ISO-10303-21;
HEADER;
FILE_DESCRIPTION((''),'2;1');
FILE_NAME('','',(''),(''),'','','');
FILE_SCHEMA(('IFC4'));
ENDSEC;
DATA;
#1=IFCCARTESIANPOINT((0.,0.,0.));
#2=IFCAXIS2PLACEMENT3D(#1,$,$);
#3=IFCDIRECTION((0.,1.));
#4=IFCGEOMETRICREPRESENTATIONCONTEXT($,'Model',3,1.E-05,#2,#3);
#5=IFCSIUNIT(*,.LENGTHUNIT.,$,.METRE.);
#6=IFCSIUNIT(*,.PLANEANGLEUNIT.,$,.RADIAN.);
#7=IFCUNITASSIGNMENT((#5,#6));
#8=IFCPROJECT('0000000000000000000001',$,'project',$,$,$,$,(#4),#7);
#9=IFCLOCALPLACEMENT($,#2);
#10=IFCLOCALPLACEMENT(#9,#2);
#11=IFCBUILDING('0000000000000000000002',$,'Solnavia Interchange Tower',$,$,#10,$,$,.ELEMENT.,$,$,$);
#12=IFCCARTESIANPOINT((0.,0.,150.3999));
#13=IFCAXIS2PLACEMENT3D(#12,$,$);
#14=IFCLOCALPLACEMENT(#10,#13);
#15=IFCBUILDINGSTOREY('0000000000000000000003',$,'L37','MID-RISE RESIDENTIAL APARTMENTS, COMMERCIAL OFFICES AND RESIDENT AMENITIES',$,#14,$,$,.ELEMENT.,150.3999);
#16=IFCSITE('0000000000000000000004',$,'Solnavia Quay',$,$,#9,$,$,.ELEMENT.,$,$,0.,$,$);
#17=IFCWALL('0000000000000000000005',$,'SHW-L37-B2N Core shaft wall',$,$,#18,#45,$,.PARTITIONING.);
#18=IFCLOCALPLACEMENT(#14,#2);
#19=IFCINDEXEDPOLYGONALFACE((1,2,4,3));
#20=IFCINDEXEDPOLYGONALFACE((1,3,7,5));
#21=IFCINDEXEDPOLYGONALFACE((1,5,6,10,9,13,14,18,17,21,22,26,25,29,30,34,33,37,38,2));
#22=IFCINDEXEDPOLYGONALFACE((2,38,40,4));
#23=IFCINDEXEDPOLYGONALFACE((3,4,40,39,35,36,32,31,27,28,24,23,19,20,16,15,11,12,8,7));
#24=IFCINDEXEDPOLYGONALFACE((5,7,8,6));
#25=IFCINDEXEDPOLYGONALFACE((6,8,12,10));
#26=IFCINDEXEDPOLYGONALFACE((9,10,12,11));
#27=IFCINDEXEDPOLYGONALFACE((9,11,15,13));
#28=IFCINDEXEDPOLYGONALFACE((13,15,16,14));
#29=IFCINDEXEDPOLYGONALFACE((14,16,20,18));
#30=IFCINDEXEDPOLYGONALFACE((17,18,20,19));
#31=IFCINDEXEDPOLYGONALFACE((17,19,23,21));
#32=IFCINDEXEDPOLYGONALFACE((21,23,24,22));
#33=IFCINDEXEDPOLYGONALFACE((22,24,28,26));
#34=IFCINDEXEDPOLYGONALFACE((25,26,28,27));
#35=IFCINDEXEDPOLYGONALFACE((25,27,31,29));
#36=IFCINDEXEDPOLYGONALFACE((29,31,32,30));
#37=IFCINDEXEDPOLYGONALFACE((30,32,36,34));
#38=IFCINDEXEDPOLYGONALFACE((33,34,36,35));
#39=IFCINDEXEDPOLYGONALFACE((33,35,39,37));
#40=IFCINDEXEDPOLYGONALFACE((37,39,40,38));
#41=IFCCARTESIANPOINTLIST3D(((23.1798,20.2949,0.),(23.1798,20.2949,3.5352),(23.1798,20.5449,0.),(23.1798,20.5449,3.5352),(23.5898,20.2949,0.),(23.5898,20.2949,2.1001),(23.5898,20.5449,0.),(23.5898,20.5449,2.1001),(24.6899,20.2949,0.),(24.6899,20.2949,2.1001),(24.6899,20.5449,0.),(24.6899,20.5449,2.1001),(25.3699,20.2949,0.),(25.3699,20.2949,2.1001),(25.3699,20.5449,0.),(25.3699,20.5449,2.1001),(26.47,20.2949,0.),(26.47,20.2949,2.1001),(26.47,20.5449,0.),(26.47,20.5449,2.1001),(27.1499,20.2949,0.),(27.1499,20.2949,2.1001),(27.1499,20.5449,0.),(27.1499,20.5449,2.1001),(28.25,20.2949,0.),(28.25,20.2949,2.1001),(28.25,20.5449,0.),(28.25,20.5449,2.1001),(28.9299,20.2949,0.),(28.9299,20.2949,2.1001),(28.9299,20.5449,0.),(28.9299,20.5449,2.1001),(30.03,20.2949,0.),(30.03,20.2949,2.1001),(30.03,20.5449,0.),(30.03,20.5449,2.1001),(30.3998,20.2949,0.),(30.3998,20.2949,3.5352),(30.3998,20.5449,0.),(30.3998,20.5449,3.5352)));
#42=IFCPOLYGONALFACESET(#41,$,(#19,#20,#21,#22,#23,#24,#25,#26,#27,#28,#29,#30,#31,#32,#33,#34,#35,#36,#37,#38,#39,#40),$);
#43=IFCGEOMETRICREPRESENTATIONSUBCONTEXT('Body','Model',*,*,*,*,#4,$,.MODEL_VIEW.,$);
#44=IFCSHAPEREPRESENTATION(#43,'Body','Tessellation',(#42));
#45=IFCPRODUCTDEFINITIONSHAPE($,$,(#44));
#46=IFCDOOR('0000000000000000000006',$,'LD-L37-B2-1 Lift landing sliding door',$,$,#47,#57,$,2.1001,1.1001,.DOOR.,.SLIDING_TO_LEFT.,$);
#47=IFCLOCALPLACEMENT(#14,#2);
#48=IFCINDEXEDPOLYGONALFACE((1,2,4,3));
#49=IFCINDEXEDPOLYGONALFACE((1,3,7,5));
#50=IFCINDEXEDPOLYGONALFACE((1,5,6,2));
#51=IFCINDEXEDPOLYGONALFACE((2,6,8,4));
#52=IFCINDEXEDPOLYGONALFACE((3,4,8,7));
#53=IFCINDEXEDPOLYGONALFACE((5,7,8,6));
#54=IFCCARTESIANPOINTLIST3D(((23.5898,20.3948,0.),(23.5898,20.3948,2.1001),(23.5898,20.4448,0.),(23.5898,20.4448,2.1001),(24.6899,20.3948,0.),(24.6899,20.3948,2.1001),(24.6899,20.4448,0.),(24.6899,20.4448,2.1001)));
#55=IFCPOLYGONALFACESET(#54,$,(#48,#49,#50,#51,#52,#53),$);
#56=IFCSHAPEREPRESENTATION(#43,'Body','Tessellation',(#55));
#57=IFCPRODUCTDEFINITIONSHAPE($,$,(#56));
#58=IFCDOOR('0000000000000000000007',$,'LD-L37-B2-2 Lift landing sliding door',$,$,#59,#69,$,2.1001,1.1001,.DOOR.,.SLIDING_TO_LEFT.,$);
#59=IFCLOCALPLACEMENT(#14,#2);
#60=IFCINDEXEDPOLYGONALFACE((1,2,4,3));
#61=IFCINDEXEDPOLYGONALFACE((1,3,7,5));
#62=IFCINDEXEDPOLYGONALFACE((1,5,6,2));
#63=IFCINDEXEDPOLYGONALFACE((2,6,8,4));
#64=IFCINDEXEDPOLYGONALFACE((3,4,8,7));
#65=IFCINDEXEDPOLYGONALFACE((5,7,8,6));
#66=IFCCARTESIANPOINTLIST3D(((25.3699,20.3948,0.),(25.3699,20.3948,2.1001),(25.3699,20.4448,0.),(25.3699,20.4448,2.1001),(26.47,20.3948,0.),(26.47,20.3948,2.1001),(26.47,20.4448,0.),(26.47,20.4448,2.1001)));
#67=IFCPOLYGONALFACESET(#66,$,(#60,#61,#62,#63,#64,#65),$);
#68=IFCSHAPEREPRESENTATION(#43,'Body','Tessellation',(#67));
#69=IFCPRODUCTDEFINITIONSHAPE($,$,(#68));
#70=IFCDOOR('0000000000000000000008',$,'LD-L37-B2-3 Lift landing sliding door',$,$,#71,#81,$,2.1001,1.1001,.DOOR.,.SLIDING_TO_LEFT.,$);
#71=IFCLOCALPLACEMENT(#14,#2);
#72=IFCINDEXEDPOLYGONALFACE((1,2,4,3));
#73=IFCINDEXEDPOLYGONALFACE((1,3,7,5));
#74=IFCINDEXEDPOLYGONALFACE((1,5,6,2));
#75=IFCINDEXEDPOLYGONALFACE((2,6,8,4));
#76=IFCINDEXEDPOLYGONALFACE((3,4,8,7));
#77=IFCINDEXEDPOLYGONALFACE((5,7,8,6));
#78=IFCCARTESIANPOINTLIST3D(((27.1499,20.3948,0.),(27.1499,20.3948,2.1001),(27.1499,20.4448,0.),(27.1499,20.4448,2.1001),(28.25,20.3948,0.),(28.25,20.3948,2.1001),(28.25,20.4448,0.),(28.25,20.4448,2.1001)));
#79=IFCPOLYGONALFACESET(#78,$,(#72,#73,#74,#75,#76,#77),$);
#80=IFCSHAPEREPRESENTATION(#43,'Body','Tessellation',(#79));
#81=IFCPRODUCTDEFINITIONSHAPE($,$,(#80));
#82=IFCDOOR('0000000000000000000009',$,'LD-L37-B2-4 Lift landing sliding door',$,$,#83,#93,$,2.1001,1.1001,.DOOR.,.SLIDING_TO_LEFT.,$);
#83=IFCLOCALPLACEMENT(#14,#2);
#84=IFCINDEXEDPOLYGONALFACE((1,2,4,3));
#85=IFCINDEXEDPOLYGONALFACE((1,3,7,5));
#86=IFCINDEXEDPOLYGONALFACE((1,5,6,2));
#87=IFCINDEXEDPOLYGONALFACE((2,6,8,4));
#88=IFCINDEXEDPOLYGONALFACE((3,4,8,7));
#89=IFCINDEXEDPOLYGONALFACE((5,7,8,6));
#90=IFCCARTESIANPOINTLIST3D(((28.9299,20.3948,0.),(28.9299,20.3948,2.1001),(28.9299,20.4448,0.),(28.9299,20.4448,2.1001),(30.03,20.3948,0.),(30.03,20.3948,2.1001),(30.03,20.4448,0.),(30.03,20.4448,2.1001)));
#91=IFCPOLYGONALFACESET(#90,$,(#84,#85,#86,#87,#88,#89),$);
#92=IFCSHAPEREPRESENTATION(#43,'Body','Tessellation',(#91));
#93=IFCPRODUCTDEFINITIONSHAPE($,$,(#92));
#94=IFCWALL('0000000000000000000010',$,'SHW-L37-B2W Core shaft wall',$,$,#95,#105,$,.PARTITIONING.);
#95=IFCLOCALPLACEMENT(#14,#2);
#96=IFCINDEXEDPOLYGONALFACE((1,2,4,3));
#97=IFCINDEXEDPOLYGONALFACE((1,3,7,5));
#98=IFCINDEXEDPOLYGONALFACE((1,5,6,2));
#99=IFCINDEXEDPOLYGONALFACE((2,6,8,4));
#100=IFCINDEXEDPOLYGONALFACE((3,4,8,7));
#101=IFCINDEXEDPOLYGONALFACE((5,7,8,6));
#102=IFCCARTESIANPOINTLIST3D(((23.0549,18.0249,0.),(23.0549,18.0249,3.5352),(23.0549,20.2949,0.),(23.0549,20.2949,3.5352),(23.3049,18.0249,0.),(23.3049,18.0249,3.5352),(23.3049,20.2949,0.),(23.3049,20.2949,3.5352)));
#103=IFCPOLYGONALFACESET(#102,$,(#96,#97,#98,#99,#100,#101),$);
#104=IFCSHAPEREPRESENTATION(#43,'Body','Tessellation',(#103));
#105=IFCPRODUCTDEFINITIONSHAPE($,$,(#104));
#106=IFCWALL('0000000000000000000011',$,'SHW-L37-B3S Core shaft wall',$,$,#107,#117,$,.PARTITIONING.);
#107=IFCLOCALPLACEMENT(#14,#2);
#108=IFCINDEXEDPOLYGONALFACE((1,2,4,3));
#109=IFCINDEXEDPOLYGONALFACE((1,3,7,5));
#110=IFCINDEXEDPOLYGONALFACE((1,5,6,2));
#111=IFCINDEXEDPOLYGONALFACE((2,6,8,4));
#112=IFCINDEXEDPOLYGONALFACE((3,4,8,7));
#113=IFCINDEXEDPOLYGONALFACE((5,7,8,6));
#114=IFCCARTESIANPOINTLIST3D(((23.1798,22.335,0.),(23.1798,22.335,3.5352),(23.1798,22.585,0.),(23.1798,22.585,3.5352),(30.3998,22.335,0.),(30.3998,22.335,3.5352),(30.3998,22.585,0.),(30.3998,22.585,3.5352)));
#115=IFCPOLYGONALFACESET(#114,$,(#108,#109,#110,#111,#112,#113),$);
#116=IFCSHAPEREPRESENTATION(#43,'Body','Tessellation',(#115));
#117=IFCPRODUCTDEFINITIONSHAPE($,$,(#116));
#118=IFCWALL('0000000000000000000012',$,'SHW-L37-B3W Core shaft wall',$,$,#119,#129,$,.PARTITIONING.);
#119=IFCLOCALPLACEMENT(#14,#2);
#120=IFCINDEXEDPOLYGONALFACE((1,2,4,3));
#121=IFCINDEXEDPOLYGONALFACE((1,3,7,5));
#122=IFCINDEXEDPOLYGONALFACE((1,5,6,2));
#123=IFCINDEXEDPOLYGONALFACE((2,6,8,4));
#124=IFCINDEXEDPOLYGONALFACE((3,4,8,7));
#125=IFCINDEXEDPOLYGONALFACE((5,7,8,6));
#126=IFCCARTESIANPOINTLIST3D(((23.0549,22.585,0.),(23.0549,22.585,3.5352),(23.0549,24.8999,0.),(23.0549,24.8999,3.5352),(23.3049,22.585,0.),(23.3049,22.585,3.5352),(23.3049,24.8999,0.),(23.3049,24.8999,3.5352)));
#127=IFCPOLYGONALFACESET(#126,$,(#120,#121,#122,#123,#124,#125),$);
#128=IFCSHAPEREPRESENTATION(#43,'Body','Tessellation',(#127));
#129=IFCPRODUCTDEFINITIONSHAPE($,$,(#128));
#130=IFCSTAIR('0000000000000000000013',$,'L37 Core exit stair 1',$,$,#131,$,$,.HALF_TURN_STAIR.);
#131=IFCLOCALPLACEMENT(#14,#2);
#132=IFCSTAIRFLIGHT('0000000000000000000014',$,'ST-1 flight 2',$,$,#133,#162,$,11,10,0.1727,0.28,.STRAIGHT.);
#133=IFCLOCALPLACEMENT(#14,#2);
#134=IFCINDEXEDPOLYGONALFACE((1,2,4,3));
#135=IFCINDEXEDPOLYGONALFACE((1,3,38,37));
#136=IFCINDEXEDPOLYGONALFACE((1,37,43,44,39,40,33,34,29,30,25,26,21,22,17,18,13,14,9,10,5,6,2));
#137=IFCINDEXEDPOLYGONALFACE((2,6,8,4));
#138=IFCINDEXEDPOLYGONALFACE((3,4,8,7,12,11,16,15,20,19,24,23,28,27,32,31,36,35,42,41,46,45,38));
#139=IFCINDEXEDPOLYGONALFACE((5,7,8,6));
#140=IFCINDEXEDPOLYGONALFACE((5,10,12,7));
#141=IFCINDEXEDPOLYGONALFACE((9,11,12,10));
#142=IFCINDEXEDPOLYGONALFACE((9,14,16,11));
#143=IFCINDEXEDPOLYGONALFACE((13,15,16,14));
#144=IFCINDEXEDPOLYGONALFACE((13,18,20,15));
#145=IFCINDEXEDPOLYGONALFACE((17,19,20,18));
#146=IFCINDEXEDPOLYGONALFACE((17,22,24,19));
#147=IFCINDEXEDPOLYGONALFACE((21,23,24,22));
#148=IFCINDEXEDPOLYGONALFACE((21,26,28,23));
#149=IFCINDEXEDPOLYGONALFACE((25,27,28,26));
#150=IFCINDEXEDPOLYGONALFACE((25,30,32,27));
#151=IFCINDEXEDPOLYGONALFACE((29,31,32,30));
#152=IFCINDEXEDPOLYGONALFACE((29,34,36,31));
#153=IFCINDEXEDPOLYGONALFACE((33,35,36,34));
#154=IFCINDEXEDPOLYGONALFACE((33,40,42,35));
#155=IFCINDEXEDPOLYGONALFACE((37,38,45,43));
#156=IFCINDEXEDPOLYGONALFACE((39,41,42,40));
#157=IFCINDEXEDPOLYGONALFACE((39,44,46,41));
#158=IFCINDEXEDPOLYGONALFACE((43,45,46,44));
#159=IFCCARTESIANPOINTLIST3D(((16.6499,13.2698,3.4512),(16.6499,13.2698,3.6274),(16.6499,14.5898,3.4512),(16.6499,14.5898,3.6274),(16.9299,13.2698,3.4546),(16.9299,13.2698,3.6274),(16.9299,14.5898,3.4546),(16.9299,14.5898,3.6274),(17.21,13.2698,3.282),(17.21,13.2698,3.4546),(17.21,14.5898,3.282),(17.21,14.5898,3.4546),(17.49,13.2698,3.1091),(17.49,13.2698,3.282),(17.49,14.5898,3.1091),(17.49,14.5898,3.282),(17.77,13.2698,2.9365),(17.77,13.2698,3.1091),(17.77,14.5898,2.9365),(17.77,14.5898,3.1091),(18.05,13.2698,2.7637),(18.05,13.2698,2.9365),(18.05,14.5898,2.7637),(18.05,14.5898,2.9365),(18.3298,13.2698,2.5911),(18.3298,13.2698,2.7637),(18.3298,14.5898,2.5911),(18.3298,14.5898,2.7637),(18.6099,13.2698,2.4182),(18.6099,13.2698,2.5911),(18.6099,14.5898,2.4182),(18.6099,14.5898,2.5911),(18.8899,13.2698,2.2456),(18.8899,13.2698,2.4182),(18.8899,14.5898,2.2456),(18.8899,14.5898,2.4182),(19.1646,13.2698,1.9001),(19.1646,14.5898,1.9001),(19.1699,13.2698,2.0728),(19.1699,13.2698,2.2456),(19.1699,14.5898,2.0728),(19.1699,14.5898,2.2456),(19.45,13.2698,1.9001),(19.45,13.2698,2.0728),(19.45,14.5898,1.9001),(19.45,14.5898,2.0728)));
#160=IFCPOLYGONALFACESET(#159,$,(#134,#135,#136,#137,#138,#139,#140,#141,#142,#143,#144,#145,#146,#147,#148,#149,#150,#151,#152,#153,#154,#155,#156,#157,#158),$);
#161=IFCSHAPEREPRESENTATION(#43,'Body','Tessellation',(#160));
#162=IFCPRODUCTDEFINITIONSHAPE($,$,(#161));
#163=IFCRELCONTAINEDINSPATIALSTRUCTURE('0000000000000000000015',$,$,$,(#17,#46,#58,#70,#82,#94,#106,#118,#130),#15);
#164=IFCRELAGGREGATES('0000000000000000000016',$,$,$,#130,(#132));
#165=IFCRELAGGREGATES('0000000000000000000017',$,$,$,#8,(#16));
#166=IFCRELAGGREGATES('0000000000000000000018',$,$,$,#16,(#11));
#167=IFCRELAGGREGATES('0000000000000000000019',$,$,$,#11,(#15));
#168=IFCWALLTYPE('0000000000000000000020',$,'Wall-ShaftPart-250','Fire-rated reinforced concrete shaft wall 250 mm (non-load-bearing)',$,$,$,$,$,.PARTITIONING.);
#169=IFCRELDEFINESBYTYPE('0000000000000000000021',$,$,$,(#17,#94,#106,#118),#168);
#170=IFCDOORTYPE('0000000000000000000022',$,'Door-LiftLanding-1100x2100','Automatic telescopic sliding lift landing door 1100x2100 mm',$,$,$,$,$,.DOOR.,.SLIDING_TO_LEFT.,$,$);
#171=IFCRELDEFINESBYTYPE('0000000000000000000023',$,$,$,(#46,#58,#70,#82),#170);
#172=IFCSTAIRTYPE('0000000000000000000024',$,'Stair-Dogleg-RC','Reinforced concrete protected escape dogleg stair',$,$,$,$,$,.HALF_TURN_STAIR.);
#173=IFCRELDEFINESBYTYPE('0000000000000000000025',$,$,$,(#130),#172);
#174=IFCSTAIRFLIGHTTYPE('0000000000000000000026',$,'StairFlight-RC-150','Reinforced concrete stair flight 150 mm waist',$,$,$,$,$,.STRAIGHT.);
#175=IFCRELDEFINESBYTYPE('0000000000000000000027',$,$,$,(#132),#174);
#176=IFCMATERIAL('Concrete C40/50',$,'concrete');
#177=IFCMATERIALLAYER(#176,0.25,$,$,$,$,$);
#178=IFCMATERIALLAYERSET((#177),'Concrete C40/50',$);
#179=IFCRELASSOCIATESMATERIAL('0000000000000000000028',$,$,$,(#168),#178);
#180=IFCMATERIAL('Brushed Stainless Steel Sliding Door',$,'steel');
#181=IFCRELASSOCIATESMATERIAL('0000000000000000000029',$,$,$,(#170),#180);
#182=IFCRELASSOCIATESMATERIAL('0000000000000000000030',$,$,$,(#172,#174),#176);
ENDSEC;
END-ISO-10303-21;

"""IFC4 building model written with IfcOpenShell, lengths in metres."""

from ifc_helpers import new_model, si_unit, direction, frame, frame_2d, origin, place, context, subcontext, project, spatial, polyline, rectangle, outline, extrude, material, layer, layer_set, type_object, element, fill, aggregate, save


model = new_model("IFC4")

# Units and contexts
model_context = context("Model", 3, precision=1e-05, world=origin(), true_north=direction((0.0, 1.0)))
body_context = subcontext(model_context, "Body", "Model", "MODEL_VIEW")
ifc_project = project(units=[si_unit("LENGTHUNIT", "METRE"), si_unit("PLANEANGLEUNIT", "RADIAN")], contexts=[model_context])

# Site, building, storey
site_placement = place(None, origin())
site = spatial("IfcSite", under=ifc_project, at=site_placement, Name="Solnavia Quay", CompositionType="ELEMENT", RefElevation=0.0)
building_placement = place(site_placement, origin())
building = spatial("IfcBuilding", under=site, at=building_placement, Name="Solnavia Interchange Tower", CompositionType="ELEMENT")
storey_placement = place(building_placement, frame((0.0, 0.0, 150.3999)))
storey = spatial("IfcBuildingStorey", under=building, at=storey_placement, Name="L37", Description="MID-RISE RESIDENTIAL APARTMENTS, COMMERCIAL OFFICES AND RESIDENT AMENITIES", CompositionType="ELEMENT", Elevation=150.3999)

# Shared definitions
ifc_material_1 = material(Name="Concrete C40/50", Category="concrete")

# Shared definitions
ifc_layer_1 = layer(ifc_material_1, 0.25)
ifc_layer_set_1 = layer_set([ifc_layer_1], Name="Concrete C40/50")
wall_type_1 = type_object("IfcWallType", Name="Wall-ShaftPart-250", Description="Fire-rated reinforced concrete shaft wall 250 mm (non-load-bearing)", PredefinedType="PARTITIONING", material=ifc_layer_set_1)
ifc_material_2 = material(Name="Brushed Stainless Steel Sliding Door", Category="steel")
door_type_1 = type_object("IfcDoorType", Name="Door-LiftLanding-1100x2100", Description="Automatic telescopic sliding lift landing door 1100x2100 mm", OperationType="SLIDING_TO_LEFT", PredefinedType="DOOR", material=ifc_material_2)

# Wall, openings, doors
wall_1_placement = place(storey_placement, frame((23.1799, 20.4199, 0.0), z_axis=(0.0, 0.0, 1.0), x_axis=(1.0, 0.0, 0.0)))
wall_1 = element("IfcWall", 1, at=wall_1_placement, inside=storey, type_object=wall_type_1, Name="SHW-L37-B2N Core shaft wall", PredefinedType="PARTITIONING", context=body_context, shape_type="SweptSolid", body=[
    extrude(rectangle(XDim=7.22, YDim=0.25, at=frame_2d((3.6099, 0.0))), origin(), (0.0, 0.0, 1.0), 3.5352),
])
opening_1_placement = place(wall_1_placement, frame((0.4099, 0.0, 0.0)))
opening_1 = element("IfcOpeningElement", 2, at=opening_1_placement, cuts=wall_1, PredefinedType="OPENING", context=body_context, shape_type="SweptSolid", body=[
    extrude(rectangle(XDim=1.1001, YDim=2.1001, at=frame_2d((0.55, 1.05))), frame((0.0, 0.135, 0.0), z_axis=(0.0, -1.0, 0.0), x_axis=(1.0, 0.0, 0.0)), (0.0, 0.0, 1.0), 0.27),
])
opening_2_placement = place(wall_1_placement, frame((2.1899, 0.0, 0.0)))
opening_2 = element("IfcOpeningElement", 3, at=opening_2_placement, cuts=wall_1, PredefinedType="OPENING", context=body_context, shape_type="SweptSolid", body=[
    extrude(rectangle(XDim=1.1001, YDim=2.1001, at=frame_2d((0.55, 1.05))), frame((0.0, 0.135, 0.0), z_axis=(0.0, -1.0, 0.0), x_axis=(1.0, 0.0, 0.0)), (0.0, 0.0, 1.0), 0.27),
])
opening_3_placement = place(wall_1_placement, frame((3.97, 0.0, 0.0)))
opening_3 = element("IfcOpeningElement", 4, at=opening_3_placement, cuts=wall_1, PredefinedType="OPENING", context=body_context, shape_type="SweptSolid", body=[
    extrude(rectangle(XDim=1.1001, YDim=2.1001, at=frame_2d((0.55, 1.05))), frame((0.0, 0.135, 0.0), z_axis=(0.0, -1.0, 0.0), x_axis=(1.0, 0.0, 0.0)), (0.0, 0.0, 1.0), 0.27),
])
opening_4_placement = place(wall_1_placement, frame((5.75, 0.0, 0.0)))
opening_4 = element("IfcOpeningElement", 5, at=opening_4_placement, cuts=wall_1, PredefinedType="OPENING", context=body_context, shape_type="SweptSolid", body=[
    extrude(rectangle(XDim=1.1001, YDim=2.1001, at=frame_2d((0.55, 1.05))), frame((0.0, 0.135, 0.0), z_axis=(0.0, -1.0, 0.0), x_axis=(1.0, 0.0, 0.0)), (0.0, 0.0, 1.0), 0.27),
])
door_1_placement = place(opening_1_placement, origin())
door_1 = element("IfcDoor", 6, at=door_1_placement, inside=storey, type_object=door_type_1, Name="LD-L37-B2-1 Lift landing sliding door", OperationType="SLIDING_TO_LEFT", OverallHeight=2.1001, OverallWidth=1.1001, PredefinedType="DOOR", context=body_context, shape_type="SweptSolid", body=[
    extrude(rectangle(XDim=1.1001, YDim=2.1001, at=frame_2d((0.55, 1.05))), frame((0.0, 0.0249, 0.0), z_axis=(0.0, -1.0, 0.0), x_axis=(1.0, 0.0, 0.0)), (0.0, 0.0, 1.0), 0.05),
])
fill(opening_1, door_1)
door_2_placement = place(opening_2_placement, origin())
door_2 = element("IfcDoor", 7, at=door_2_placement, inside=storey, type_object=door_type_1, Name="LD-L37-B2-2 Lift landing sliding door", OperationType="SLIDING_TO_LEFT", OverallHeight=2.1001, OverallWidth=1.1001, PredefinedType="DOOR", context=body_context, shape_type="SweptSolid", body=[
    extrude(rectangle(XDim=1.1001, YDim=2.1001, at=frame_2d((0.55, 1.05))), frame((0.0, 0.0249, 0.0), z_axis=(0.0, -1.0, 0.0), x_axis=(1.0, 0.0, 0.0)), (0.0, 0.0, 1.0), 0.05),
])
fill(opening_2, door_2)
door_3_placement = place(opening_3_placement, origin())
door_3 = element("IfcDoor", 8, at=door_3_placement, inside=storey, type_object=door_type_1, Name="LD-L37-B2-3 Lift landing sliding door", OperationType="SLIDING_TO_LEFT", OverallHeight=2.1001, OverallWidth=1.1001, PredefinedType="DOOR", context=body_context, shape_type="SweptSolid", body=[
    extrude(rectangle(XDim=1.1001, YDim=2.1001, at=frame_2d((0.55, 1.05))), frame((0.0, 0.0249, 0.0), z_axis=(0.0, -1.0, 0.0), x_axis=(1.0, 0.0, 0.0)), (0.0, 0.0, 1.0), 0.05),
])
fill(opening_3, door_3)
door_4_placement = place(opening_4_placement, origin())
door_4 = element("IfcDoor", 9, at=door_4_placement, inside=storey, type_object=door_type_1, Name="LD-L37-B2-4 Lift landing sliding door", OperationType="SLIDING_TO_LEFT", OverallHeight=2.1001, OverallWidth=1.1001, PredefinedType="DOOR", context=body_context, shape_type="SweptSolid", body=[
    extrude(rectangle(XDim=1.1001, YDim=2.1001, at=frame_2d((0.55, 1.05))), frame((0.0, 0.0249, 0.0), z_axis=(0.0, -1.0, 0.0), x_axis=(1.0, 0.0, 0.0)), (0.0, 0.0, 1.0), 0.05),
])
fill(opening_4, door_4)

# Walls
wall_2_placement = place(storey_placement, frame((23.1799, 18.0249, 0.0), z_axis=(0.0, 0.0, 1.0), x_axis=(0.0, 1.0, 0.0)))
element("IfcWall", 10, at=wall_2_placement, inside=storey, type_object=wall_type_1, Name="SHW-L37-B2W Core shaft wall", PredefinedType="PARTITIONING", context=body_context, shape_type="SweptSolid", body=[
    extrude(rectangle(XDim=2.27, YDim=0.25, at=frame_2d((1.135, 0.0))), origin(), (0.0, 0.0, 1.0), 3.5352),
])
wall_3_placement = place(storey_placement, frame((23.1799, 22.46, 0.0), z_axis=(0.0, 0.0, 1.0), x_axis=(1.0, 0.0, 0.0)))
element("IfcWall", 11, at=wall_3_placement, inside=storey, type_object=wall_type_1, Name="SHW-L37-B3S Core shaft wall", PredefinedType="PARTITIONING", context=body_context, shape_type="SweptSolid", body=[
    extrude(rectangle(XDim=7.22, YDim=0.25, at=frame_2d((3.6099, 0.0))), origin(), (0.0, 0.0, 1.0), 3.5352),
])
wall_4_placement = place(storey_placement, frame((23.1799, 22.585, 0.0), z_axis=(0.0, 0.0, 1.0), x_axis=(0.0, 1.0, 0.0)))
element("IfcWall", 12, at=wall_4_placement, inside=storey, type_object=wall_type_1, Name="SHW-L37-B3W Core shaft wall", PredefinedType="PARTITIONING", context=body_context, shape_type="SweptSolid", body=[
    extrude(rectangle(XDim=2.3149, YDim=0.25, at=frame_2d((1.1575, 0.0))), origin(), (0.0, 0.0, 1.0), 3.5352),
])

# Stair, stair flight
stair_type = type_object("IfcStairType", Name="Stair-Dogleg-RC", Description="Reinforced concrete protected escape dogleg stair", PredefinedType="HALF_TURN_STAIR", material=ifc_material_1)
stair_1_placement = place(storey_placement, origin())
stair_1 = element("IfcStair", 13, at=stair_1_placement, inside=storey, type_object=stair_type, Name="L37 Core exit stair 1", PredefinedType="HALF_TURN_STAIR")
stair_flight_type = type_object("IfcStairFlightType", Name="StairFlight-RC-150", Description="Reinforced concrete stair flight 150 mm waist", PredefinedType="STRAIGHT", material=ifc_material_1)
stair_flight_1_placement = place(storey_placement, frame((19.45, 13.9299, 1.9001), z_axis=(0.0, 0.0, 1.0), x_axis=(-1.0, 0.0, 0.0)))
stair_flight_1 = element("IfcStairFlight", 14, at=stair_flight_1_placement, type_object=stair_flight_type, Name="ST-1 flight 2", NumberOfRisers=11, NumberOfTreads=10, PredefinedType="STRAIGHT", RiserHeight=0.1727, TreadLength=0.28, context=body_context, shape_type="SweptSolid", body=[
    extrude(outline(polyline([(0.0, 0.0), (0.0, 0.1726), (0.28, 0.1726), (0.28, 0.3455), (0.5601, 0.3455), (0.5601, 0.5181), (0.8401, 0.5181), (0.8401, 0.6909), (1.1201, 0.6909), (1.1201, 0.8635), (1.3999, 0.8635), (1.3999, 1.0364), (1.6799, 1.0364), (1.6799, 1.209), (1.96, 1.209), (1.96, 1.3818), (2.24, 1.3818), (2.24, 1.5544), (2.52, 1.5544), (2.52, 1.7273), (2.8, 1.7273), (2.8, 1.8999), (2.8, 1.551), (0.2854, 0.0), (0.0, 0.0)])), frame((0.0, 0.6602, 0.0), z_axis=(0.0, -1.0, 0.0), x_axis=(1.0, 0.0, 0.0)), (0.0, 0.0, 1.0), 1.3201),
])
aggregate(stair_1, [stair_flight_1])

save(model, "model.ifc")
